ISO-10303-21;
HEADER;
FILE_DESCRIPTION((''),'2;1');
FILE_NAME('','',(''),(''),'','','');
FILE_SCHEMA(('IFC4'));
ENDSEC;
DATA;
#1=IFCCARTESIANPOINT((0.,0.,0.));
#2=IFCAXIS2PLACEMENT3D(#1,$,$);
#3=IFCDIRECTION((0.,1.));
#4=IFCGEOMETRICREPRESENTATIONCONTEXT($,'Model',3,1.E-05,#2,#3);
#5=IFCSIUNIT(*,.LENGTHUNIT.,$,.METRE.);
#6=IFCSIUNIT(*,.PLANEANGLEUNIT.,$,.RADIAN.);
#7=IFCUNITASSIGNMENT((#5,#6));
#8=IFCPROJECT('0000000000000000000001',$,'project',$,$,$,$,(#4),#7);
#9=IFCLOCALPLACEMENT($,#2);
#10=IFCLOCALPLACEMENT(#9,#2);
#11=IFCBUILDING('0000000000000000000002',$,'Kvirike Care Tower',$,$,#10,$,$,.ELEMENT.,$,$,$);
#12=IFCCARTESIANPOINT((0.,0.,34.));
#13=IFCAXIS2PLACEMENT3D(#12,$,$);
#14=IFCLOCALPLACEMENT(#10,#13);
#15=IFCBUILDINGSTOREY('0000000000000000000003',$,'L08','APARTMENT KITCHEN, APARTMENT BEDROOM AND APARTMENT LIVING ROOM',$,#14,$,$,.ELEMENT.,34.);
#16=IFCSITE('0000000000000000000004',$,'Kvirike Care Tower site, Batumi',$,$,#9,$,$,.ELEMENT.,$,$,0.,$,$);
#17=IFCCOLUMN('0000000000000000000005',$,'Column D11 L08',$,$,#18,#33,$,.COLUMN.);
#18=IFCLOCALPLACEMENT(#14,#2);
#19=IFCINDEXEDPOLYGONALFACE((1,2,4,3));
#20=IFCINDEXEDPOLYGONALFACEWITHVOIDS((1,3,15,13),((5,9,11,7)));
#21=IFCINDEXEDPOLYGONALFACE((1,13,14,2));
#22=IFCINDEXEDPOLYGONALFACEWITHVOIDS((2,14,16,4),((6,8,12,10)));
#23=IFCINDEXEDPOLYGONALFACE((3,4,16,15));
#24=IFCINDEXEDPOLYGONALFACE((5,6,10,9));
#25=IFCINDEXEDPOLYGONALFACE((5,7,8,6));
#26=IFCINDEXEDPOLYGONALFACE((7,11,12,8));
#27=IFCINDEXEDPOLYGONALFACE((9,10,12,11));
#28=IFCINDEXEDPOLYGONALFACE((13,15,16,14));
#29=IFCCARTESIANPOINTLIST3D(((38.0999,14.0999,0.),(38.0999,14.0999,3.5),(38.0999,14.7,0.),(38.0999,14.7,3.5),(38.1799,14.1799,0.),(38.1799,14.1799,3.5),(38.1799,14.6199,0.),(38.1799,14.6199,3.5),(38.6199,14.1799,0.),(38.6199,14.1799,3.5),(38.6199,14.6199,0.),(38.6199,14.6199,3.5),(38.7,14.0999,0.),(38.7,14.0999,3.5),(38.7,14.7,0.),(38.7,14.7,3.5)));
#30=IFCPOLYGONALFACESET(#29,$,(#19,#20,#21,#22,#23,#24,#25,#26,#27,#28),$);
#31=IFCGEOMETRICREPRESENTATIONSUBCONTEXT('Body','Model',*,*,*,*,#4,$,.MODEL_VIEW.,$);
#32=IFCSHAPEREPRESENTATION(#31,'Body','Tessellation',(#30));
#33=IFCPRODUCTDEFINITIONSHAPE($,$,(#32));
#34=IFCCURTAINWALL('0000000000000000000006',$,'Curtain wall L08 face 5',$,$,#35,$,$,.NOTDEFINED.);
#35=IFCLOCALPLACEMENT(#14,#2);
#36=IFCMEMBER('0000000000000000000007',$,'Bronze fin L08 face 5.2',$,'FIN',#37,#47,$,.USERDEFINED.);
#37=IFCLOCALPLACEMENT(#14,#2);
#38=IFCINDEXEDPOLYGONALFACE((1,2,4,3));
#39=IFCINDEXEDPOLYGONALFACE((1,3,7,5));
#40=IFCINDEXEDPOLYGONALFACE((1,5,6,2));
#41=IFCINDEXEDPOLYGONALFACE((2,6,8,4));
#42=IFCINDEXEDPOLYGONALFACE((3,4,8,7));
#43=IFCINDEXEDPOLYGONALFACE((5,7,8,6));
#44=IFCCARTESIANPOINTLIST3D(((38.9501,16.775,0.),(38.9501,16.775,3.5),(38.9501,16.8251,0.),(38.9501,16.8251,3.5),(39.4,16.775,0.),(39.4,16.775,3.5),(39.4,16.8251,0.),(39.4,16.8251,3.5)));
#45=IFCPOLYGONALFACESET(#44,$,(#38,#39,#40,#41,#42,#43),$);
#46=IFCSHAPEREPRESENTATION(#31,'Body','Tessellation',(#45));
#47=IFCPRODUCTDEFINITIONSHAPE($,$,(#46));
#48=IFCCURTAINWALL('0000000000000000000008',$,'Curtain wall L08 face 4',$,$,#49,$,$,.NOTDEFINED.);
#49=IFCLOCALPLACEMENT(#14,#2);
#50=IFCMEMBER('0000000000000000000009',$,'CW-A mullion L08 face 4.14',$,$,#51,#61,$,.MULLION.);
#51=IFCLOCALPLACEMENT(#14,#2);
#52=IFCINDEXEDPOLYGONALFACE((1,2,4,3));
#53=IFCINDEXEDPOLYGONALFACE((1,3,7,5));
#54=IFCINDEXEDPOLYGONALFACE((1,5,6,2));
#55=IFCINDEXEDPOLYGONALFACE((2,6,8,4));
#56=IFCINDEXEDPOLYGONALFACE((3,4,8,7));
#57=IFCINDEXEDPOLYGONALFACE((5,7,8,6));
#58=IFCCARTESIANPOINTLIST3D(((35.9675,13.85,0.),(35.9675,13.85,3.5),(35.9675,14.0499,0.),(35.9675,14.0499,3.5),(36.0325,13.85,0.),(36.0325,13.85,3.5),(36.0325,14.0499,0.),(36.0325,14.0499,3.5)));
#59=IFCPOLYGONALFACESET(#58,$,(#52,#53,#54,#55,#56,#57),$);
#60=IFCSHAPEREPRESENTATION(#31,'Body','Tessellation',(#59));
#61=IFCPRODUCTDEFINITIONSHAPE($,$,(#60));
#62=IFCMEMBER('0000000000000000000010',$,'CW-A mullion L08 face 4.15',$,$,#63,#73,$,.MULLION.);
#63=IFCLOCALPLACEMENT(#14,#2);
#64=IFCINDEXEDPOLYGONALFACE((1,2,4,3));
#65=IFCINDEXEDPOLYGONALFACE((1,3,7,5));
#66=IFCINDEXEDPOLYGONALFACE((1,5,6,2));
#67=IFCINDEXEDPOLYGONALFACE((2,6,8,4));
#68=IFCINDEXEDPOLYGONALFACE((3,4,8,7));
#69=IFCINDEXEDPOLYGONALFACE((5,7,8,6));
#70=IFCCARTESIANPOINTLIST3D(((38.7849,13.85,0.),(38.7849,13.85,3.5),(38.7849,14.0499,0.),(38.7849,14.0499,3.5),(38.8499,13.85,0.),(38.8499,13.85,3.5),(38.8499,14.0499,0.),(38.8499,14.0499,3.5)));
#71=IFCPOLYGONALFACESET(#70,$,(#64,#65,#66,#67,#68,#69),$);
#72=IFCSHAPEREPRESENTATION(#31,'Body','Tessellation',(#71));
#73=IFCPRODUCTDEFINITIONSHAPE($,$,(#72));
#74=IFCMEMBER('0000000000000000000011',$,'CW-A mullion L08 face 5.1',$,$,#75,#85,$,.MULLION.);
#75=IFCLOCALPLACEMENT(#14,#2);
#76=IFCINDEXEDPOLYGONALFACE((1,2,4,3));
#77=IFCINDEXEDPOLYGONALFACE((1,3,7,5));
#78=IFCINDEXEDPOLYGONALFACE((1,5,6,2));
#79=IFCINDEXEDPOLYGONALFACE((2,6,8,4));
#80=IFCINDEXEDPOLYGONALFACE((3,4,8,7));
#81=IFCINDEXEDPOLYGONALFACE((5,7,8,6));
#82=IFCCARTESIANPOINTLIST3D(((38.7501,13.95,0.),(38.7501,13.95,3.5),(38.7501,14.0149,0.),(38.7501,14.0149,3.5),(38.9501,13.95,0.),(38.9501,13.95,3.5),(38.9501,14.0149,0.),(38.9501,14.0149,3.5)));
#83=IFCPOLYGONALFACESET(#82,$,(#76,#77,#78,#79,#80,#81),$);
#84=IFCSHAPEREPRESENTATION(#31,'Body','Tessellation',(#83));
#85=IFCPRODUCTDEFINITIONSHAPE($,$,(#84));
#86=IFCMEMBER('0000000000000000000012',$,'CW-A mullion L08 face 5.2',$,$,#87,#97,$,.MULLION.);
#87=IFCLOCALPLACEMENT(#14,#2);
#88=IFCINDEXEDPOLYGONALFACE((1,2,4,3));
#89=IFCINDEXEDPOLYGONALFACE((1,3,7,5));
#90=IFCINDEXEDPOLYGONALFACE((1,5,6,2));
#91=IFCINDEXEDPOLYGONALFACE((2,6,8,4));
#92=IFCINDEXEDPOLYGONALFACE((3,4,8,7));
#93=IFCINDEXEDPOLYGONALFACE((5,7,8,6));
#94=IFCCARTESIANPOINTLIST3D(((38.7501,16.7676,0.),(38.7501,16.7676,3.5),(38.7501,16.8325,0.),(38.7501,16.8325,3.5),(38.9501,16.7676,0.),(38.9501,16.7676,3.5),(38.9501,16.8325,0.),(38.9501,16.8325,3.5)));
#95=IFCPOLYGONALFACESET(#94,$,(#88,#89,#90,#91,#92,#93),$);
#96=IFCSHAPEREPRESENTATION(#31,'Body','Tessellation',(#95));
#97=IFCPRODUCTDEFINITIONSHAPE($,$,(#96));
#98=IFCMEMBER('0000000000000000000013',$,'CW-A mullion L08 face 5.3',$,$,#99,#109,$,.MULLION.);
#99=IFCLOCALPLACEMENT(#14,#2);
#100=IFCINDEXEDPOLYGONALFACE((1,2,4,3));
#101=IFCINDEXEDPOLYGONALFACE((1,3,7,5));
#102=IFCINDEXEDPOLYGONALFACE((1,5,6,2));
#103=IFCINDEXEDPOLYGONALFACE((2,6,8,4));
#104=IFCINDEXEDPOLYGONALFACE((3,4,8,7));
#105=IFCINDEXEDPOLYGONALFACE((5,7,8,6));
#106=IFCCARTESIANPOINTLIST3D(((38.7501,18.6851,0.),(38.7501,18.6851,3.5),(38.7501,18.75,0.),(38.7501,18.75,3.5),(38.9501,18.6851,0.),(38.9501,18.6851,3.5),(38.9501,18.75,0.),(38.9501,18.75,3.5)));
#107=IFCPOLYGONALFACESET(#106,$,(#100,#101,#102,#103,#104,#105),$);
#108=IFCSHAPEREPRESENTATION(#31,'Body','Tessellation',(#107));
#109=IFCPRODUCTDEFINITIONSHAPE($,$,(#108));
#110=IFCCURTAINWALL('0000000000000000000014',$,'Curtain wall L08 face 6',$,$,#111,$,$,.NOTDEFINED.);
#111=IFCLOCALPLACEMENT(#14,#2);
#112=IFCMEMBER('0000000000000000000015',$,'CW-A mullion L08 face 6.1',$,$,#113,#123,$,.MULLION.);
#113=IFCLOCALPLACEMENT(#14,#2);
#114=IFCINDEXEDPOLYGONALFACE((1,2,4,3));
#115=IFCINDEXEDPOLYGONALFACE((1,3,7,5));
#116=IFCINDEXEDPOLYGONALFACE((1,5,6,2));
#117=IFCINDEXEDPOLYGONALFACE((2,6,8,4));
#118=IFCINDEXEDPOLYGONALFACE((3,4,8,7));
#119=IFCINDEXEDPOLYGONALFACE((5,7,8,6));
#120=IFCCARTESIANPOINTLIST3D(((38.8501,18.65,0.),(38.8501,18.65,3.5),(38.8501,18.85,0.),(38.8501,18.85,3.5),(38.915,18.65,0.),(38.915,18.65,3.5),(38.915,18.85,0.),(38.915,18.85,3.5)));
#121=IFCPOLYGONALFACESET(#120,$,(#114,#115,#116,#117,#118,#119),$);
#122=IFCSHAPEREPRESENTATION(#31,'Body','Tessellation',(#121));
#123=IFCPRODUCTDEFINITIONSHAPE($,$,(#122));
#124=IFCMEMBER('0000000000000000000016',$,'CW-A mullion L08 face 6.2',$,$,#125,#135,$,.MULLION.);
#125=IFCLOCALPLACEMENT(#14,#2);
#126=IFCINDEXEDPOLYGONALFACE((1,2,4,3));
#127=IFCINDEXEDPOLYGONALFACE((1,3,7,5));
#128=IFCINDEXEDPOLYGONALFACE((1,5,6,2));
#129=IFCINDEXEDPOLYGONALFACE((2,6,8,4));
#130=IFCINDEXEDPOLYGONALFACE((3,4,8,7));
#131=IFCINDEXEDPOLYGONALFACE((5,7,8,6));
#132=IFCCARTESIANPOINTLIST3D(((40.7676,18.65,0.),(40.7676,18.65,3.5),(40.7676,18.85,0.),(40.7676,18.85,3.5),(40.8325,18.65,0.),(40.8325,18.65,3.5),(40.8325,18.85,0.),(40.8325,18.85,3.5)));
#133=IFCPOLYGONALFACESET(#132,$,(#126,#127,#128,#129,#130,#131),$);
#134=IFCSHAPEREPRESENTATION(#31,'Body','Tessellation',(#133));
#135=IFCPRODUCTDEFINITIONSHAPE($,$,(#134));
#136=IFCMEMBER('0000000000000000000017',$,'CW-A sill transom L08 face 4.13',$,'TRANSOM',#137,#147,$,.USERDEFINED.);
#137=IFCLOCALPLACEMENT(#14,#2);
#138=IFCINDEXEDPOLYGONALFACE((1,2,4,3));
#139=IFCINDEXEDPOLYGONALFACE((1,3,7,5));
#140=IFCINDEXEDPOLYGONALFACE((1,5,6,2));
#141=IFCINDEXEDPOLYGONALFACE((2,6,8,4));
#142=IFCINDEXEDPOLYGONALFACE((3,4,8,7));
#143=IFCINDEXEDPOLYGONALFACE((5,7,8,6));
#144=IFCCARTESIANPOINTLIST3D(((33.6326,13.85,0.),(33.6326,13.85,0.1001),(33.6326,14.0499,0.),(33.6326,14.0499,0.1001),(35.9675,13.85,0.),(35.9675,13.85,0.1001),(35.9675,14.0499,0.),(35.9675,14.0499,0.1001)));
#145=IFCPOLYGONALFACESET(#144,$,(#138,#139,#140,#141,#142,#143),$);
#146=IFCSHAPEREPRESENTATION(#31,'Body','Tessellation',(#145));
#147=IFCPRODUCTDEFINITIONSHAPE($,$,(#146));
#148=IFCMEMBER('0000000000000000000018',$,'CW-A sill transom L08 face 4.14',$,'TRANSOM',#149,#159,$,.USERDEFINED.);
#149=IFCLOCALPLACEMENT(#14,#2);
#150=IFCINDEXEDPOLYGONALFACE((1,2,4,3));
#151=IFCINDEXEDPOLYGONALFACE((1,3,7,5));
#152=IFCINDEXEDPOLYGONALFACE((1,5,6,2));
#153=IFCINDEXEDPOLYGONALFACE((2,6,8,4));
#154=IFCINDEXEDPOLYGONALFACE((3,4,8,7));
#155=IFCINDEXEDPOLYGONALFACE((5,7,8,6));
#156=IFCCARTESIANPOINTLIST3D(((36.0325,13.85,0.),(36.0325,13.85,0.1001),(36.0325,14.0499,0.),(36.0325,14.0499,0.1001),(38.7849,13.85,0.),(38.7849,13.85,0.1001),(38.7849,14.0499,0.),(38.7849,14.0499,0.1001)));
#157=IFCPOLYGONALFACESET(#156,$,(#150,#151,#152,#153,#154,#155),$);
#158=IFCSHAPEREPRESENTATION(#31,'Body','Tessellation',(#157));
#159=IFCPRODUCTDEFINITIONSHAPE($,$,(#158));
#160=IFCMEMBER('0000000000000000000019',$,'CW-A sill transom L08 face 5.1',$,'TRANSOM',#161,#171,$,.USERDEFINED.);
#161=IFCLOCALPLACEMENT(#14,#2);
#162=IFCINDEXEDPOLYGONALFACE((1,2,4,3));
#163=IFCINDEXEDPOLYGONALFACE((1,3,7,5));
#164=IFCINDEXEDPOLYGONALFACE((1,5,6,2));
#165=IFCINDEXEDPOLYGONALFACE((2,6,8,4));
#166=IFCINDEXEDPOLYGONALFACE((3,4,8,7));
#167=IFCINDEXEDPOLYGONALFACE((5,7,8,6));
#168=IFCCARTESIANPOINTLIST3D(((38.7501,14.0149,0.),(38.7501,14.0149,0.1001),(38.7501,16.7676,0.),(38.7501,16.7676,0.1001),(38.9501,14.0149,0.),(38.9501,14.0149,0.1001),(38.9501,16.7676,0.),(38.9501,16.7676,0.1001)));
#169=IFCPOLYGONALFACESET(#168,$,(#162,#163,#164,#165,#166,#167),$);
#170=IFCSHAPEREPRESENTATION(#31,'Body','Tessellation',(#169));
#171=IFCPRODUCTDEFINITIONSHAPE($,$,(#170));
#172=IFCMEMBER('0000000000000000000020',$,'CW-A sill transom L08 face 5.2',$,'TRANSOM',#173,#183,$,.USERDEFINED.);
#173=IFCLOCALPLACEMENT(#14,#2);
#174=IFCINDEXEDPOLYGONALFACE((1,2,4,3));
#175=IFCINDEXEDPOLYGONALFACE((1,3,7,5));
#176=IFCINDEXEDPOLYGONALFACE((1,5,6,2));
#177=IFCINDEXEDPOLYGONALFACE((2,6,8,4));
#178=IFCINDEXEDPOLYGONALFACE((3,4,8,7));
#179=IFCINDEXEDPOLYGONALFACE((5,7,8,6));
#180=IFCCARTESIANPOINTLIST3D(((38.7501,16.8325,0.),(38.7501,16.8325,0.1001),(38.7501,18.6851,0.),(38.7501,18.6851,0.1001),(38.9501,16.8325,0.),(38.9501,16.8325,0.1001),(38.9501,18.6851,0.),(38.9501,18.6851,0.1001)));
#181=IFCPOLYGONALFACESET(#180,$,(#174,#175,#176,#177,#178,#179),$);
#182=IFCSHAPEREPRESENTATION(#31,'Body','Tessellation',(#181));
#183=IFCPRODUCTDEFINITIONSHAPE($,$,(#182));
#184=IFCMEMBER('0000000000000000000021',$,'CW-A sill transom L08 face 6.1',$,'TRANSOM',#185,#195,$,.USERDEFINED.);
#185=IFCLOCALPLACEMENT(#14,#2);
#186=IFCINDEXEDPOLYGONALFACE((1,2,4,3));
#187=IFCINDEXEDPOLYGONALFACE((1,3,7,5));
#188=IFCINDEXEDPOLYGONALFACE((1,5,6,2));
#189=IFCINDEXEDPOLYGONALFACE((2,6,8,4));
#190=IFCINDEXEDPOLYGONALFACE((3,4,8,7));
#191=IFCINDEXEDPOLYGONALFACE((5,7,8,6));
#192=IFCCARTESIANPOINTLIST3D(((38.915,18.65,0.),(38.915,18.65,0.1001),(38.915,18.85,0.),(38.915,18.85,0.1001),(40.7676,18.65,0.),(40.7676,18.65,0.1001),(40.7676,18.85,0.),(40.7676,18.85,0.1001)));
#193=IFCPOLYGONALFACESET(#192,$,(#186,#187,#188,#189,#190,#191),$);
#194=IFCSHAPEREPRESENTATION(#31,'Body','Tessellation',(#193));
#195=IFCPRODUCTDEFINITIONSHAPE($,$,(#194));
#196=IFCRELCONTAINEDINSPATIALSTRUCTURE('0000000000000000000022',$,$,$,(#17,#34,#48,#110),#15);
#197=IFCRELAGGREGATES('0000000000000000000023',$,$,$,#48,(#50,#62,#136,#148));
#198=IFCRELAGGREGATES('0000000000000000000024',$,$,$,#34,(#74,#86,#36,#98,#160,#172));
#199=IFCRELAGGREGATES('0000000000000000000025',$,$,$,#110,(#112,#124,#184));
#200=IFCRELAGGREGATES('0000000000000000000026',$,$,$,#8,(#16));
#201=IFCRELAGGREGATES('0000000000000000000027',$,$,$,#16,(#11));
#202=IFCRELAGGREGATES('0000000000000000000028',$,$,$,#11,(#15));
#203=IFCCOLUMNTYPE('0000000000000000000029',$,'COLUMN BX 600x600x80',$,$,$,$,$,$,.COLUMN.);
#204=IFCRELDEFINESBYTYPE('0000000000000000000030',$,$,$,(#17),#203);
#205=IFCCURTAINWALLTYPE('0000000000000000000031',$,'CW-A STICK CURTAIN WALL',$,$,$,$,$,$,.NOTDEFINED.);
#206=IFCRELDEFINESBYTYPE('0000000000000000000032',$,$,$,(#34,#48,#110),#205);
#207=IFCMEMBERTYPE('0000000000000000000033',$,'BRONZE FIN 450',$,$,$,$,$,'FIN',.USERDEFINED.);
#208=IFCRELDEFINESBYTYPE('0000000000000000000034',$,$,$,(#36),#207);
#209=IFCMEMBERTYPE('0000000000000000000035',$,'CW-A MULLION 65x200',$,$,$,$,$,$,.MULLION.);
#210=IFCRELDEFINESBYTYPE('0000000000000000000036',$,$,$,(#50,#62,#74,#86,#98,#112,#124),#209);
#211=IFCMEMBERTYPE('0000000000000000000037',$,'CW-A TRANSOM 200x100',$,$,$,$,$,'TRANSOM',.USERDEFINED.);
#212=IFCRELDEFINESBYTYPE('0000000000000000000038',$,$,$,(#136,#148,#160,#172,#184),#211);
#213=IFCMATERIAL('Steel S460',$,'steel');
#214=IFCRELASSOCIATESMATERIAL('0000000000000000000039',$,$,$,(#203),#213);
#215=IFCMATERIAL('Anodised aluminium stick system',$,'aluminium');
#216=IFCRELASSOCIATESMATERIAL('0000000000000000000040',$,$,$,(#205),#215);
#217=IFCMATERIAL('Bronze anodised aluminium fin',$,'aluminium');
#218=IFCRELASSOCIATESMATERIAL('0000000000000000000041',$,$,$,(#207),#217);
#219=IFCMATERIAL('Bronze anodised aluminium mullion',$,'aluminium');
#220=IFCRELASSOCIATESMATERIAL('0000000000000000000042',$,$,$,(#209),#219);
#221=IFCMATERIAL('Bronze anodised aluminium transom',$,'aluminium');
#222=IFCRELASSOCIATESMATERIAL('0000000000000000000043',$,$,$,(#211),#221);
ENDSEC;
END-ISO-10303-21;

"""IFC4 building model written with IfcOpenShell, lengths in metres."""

from ifc_helpers import new_model, si_unit, direction, frame, origin, origin_2d, place, context, subcontext, project, spatial, rectangle, hollow_rectangle, extrude, material, material_profile, profile_set, type_object, element, aggregate, save


model = new_model("IFC4")

# Units and contexts
model_context = context("Model", 3, precision=1e-05, world=origin(), true_north=direction((0.0, 1.0)))
body_context = subcontext(model_context, "Body", "Model", "MODEL_VIEW")
ifc_project = project(units=[si_unit("LENGTHUNIT", "METRE"), si_unit("PLANEANGLEUNIT", "RADIAN")], contexts=[model_context])

# Site, building, storey
site_placement = place(None, origin())
site = spatial("IfcSite", under=ifc_project, at=site_placement, Name="Kvirike Care Tower site, Batumi", CompositionType="ELEMENT", RefElevation=0.0)
building_placement = place(site_placement, origin())
building = spatial("IfcBuilding", under=site, at=building_placement, Name="Kvirike Care Tower", CompositionType="ELEMENT")
storey_placement = place(building_placement, frame((0.0, 0.0, 34.0)))
storey = spatial("IfcBuildingStorey", under=building, at=storey_placement, Name="L08", Description="APARTMENT KITCHEN, APARTMENT BEDROOM AND APARTMENT LIVING ROOM", CompositionType="ELEMENT", Elevation=34.0)

# Column
ifc_material_1 = material(Name="Steel S460", Category="steel")
ifc_material_profile_1 = material_profile(ifc_material_1, hollow_rectangle(XDim=0.6001, YDim=0.6001, WallThickness=0.0801, at=origin_2d()), Name="BX 600x600x80")
ifc_profile_set_1 = profile_set([ifc_material_profile_1], Name="Steel S460")
column_type = type_object("IfcColumnType", Name="COLUMN BX 600x600x80", PredefinedType="COLUMN", material=ifc_profile_set_1)
column_placement = place(storey_placement, frame((38.3999, 14.3999, 0.0), z_axis=(0.0, 0.0, 1.0), x_axis=(0.0, 1.0, 0.0)))
element("IfcColumn", 1, at=column_placement, inside=storey, type_object=column_type, Name="Column D11 L08", PredefinedType="COLUMN", context=body_context, shape_type="SweptSolid", body=[
    extrude(hollow_rectangle(XDim=0.6001, YDim=0.6001, WallThickness=0.0801, at=origin_2d()), origin(), (0.0, 0.0, 1.0), 3.5),
])

# Curtain wall, member
ifc_material_2 = material(Name="Anodised aluminium stick system", Category="aluminium")
curtain_wall_type = type_object("IfcCurtainWallType", Name="CW-A STICK CURTAIN WALL", PredefinedType="NOTDEFINED", material=ifc_material_2)
curtain_wall_1_placement = place(storey_placement, origin())
curtain_wall_1 = element("IfcCurtainWall", 2, at=curtain_wall_1_placement, inside=storey, type_object=curtain_wall_type, Name="Curtain wall L08 face 5", PredefinedType="NOTDEFINED")
ifc_material_3 = material(Name="Bronze anodised aluminium fin", Category="aluminium")
ifc_material_profile_2 = material_profile(ifc_material_3, rectangle(XDim=0.05, YDim=0.45, at=origin_2d()), Name="BRONZE FIN 450")
ifc_profile_set_2 = profile_set([ifc_material_profile_2], Name="Bronze anodised aluminium fin")
member_type_1 = type_object("IfcMemberType", Name="BRONZE FIN 450", ElementType="FIN", PredefinedType="USERDEFINED", material=ifc_profile_set_2)
member_1_placement = place(storey_placement, frame((39.175, 16.8, 0.0), z_axis=(0.0, 0.0, 1.0), x_axis=(0.0, 1.0, 0.0)))
member_1 = element("IfcMember", 3, at=member_1_placement, type_object=member_type_1, Name="Bronze fin L08 face 5.2", ObjectType="FIN", PredefinedType="USERDEFINED", context=body_context, shape_type="SweptSolid", body=[
    extrude(rectangle(XDim=0.05, YDim=0.45, at=origin_2d()), origin(), (0.0, 0.0, 1.0), 3.5),
])

# Curtain wall, members
curtain_wall_2_placement = place(storey_placement, origin())
curtain_wall_2 = element("IfcCurtainWall", 4, at=curtain_wall_2_placement, inside=storey, type_object=curtain_wall_type, Name="Curtain wall L08 face 4", PredefinedType="NOTDEFINED")
ifc_material_4 = material(Name="Bronze anodised aluminium mullion", Category="aluminium")
ifc_material_profile_3 = material_profile(ifc_material_4, rectangle(XDim=0.0649, YDim=0.2, at=origin_2d()), Name="CW-A MULLION 65x200")
ifc_profile_set_3 = profile_set([ifc_material_profile_3], Name="Bronze anodised aluminium mullion")
member_type_2 = type_object("IfcMemberType", Name="CW-A MULLION 65x200", PredefinedType="MULLION", material=ifc_profile_set_3)
member_2_placement = place(storey_placement, frame((36.0, 13.95, 0.0), z_axis=(0.0, 0.0, 1.0), x_axis=(1.0, 0.0, 0.0)))
member_2 = element("IfcMember", 5, at=member_2_placement, type_object=member_type_2, Name="CW-A mullion L08 face 4.14", PredefinedType="MULLION", context=body_context, shape_type="SweptSolid", body=[
    extrude(rectangle(XDim=0.0649, YDim=0.2, at=origin_2d()), origin(), (0.0, 0.0, 1.0), 3.5),
])
member_3_placement = place(storey_placement, frame((38.8174, 13.95, 0.0), z_axis=(0.0, 0.0, 1.0), x_axis=(1.0, 0.0, 0.0)))
member_3 = element("IfcMember", 6, at=member_3_placement, type_object=member_type_2, Name="CW-A mullion L08 face 4.15", PredefinedType="MULLION", context=body_context, shape_type="SweptSolid", body=[
    extrude(rectangle(XDim=0.0649, YDim=0.2, at=origin_2d()), origin(), (0.0, 0.0, 1.0), 3.5),
])

# Members
member_4_placement = place(storey_placement, frame((38.8501, 13.9824, 0.0), z_axis=(0.0, 0.0, 1.0), x_axis=(0.0, 1.0, 0.0)))
member_4 = element("IfcMember", 7, at=member_4_placement, type_object=member_type_2, Name="CW-A mullion L08 face 5.1", PredefinedType="MULLION", context=body_context, shape_type="SweptSolid", body=[
    extrude(rectangle(XDim=0.0649, YDim=0.2, at=origin_2d()), origin(), (0.0, 0.0, 1.0), 3.5),
])
member_5_placement = place(storey_placement, frame((38.8501, 16.8, 0.0), z_axis=(0.0, 0.0, 1.0), x_axis=(0.0, 1.0, 0.0)))
member_5 = element("IfcMember", 8, at=member_5_placement, type_object=member_type_2, Name="CW-A mullion L08 face 5.2", PredefinedType="MULLION", context=body_context, shape_type="SweptSolid", body=[
    extrude(rectangle(XDim=0.0649, YDim=0.2, at=origin_2d()), origin(), (0.0, 0.0, 1.0), 3.5),
])
member_6_placement = place(storey_placement, frame((38.8501, 18.7175, 0.0), z_axis=(0.0, 0.0, 1.0), x_axis=(0.0, 1.0, 0.0)))
member_6 = element("IfcMember", 9, at=member_6_placement, type_object=member_type_2, Name="CW-A mullion L08 face 5.3", PredefinedType="MULLION", context=body_context, shape_type="SweptSolid", body=[
    extrude(rectangle(XDim=0.0649, YDim=0.2, at=origin_2d()), origin(), (0.0, 0.0, 1.0), 3.5),
])

# Curtain wall, members
curtain_wall_3_placement = place(storey_placement, origin())
curtain_wall_3 = element("IfcCurtainWall", 10, at=curtain_wall_3_placement, inside=storey, type_object=curtain_wall_type, Name="Curtain wall L08 face 6", PredefinedType="NOTDEFINED")
member_7_placement = place(storey_placement, frame((38.8826, 18.75, 0.0), z_axis=(0.0, 0.0, 1.0), x_axis=(1.0, 0.0, 0.0)))
member_7 = element("IfcMember", 11, at=member_7_placement, type_object=member_type_2, Name="CW-A mullion L08 face 6.1", PredefinedType="MULLION", context=body_context, shape_type="SweptSolid", body=[
    extrude(rectangle(XDim=0.0649, YDim=0.2, at=origin_2d()), origin(), (0.0, 0.0, 1.0), 3.5),
])
member_8_placement = place(storey_placement, frame((40.8, 18.75, 0.0), z_axis=(0.0, 0.0, 1.0), x_axis=(1.0, 0.0, 0.0)))
member_8 = element("IfcMember", 12, at=member_8_placement, type_object=member_type_2, Name="CW-A mullion L08 face 6.2", PredefinedType="MULLION", context=body_context, shape_type="SweptSolid", body=[
    extrude(rectangle(XDim=0.0649, YDim=0.2, at=origin_2d()), origin(), (0.0, 0.0, 1.0), 3.5),
])

# Members
ifc_material_5 = material(Name="Bronze anodised aluminium transom", Category="aluminium")
ifc_material_profile_4 = material_profile(ifc_material_5, rectangle(XDim=0.2, YDim=0.1001, at=origin_2d()), Name="CW-A TRANSOM 200x100")
ifc_profile_set_4 = profile_set([ifc_material_profile_4], Name="Bronze anodised aluminium transom")
member_type_3 = type_object("IfcMemberType", Name="CW-A TRANSOM 200x100", ElementType="TRANSOM", PredefinedType="USERDEFINED", material=ifc_profile_set_4)
member_9_placement = place(storey_placement, frame((33.6326, 13.95, 0.05), z_axis=(1.0, 0.0, 0.0), x_axis=(0.0, 1.0, 0.0)))
member_9 = element("IfcMember", 13, at=member_9_placement, type_object=member_type_3, Name="CW-A sill transom L08 face 4.13", ObjectType="TRANSOM", PredefinedType="USERDEFINED", context=body_context, shape_type="SweptSolid", body=[
    extrude(rectangle(XDim=0.2, YDim=0.1001, at=origin_2d()), origin(), (0.0, 0.0, 1.0), 2.335),
])
member_10_placement = place(storey_placement, frame((36.0325, 13.95, 0.05), z_axis=(1.0, 0.0, 0.0), x_axis=(0.0, 1.0, 0.0)))
member_10 = element("IfcMember", 14, at=member_10_placement, type_object=member_type_3, Name="CW-A sill transom L08 face 4.14", ObjectType="TRANSOM", PredefinedType="USERDEFINED", context=body_context, shape_type="SweptSolid", body=[
    extrude(rectangle(XDim=0.2, YDim=0.1001, at=origin_2d()), origin(), (0.0, 0.0, 1.0), 2.7524),
])
member_11_placement = place(storey_placement, frame((38.8501, 14.0149, 0.05), z_axis=(0.0, 1.0, 0.0), x_axis=(-1.0, 0.0, 0.0)))
member_11 = element("IfcMember", 15, at=member_11_placement, type_object=member_type_3, Name="CW-A sill transom L08 face 5.1", ObjectType="TRANSOM", PredefinedType="USERDEFINED", context=body_context, shape_type="SweptSolid", body=[
    extrude(rectangle(XDim=0.2, YDim=0.1001, at=origin_2d()), origin(), (0.0, 0.0, 1.0), 2.7527),
])
member_12_placement = place(storey_placement, frame((38.8501, 16.8325, 0.05), z_axis=(0.0, 1.0, 0.0), x_axis=(-1.0, 0.0, 0.0)))
member_12 = element("IfcMember", 16, at=member_12_placement, type_object=member_type_3, Name="CW-A sill transom L08 face 5.2", ObjectType="TRANSOM", PredefinedType="USERDEFINED", context=body_context, shape_type="SweptSolid", body=[
    extrude(rectangle(XDim=0.2, YDim=0.1001, at=origin_2d()), origin(), (0.0, 0.0, 1.0), 1.8525),
])
member_13_placement = place(storey_placement, frame((38.915, 18.75, 0.05), z_axis=(1.0, 0.0, 0.0), x_axis=(0.0, 1.0, 0.0)))
member_13 = element("IfcMember", 17, at=member_13_placement, type_object=member_type_3, Name="CW-A sill transom L08 face 6.1", ObjectType="TRANSOM", PredefinedType="USERDEFINED", context=body_context, shape_type="SweptSolid", body=[
    extrude(rectangle(XDim=0.2, YDim=0.1001, at=origin_2d()), origin(), (0.0, 0.0, 1.0), 1.8525),
])

aggregate(curtain_wall_2, [member_2, member_3, member_9, member_10])
aggregate(curtain_wall_1, [member_4, member_5, member_1, member_6, member_11, member_12])
aggregate(curtain_wall_3, [member_7, member_8, member_13])

save(model, "model.ifc")
